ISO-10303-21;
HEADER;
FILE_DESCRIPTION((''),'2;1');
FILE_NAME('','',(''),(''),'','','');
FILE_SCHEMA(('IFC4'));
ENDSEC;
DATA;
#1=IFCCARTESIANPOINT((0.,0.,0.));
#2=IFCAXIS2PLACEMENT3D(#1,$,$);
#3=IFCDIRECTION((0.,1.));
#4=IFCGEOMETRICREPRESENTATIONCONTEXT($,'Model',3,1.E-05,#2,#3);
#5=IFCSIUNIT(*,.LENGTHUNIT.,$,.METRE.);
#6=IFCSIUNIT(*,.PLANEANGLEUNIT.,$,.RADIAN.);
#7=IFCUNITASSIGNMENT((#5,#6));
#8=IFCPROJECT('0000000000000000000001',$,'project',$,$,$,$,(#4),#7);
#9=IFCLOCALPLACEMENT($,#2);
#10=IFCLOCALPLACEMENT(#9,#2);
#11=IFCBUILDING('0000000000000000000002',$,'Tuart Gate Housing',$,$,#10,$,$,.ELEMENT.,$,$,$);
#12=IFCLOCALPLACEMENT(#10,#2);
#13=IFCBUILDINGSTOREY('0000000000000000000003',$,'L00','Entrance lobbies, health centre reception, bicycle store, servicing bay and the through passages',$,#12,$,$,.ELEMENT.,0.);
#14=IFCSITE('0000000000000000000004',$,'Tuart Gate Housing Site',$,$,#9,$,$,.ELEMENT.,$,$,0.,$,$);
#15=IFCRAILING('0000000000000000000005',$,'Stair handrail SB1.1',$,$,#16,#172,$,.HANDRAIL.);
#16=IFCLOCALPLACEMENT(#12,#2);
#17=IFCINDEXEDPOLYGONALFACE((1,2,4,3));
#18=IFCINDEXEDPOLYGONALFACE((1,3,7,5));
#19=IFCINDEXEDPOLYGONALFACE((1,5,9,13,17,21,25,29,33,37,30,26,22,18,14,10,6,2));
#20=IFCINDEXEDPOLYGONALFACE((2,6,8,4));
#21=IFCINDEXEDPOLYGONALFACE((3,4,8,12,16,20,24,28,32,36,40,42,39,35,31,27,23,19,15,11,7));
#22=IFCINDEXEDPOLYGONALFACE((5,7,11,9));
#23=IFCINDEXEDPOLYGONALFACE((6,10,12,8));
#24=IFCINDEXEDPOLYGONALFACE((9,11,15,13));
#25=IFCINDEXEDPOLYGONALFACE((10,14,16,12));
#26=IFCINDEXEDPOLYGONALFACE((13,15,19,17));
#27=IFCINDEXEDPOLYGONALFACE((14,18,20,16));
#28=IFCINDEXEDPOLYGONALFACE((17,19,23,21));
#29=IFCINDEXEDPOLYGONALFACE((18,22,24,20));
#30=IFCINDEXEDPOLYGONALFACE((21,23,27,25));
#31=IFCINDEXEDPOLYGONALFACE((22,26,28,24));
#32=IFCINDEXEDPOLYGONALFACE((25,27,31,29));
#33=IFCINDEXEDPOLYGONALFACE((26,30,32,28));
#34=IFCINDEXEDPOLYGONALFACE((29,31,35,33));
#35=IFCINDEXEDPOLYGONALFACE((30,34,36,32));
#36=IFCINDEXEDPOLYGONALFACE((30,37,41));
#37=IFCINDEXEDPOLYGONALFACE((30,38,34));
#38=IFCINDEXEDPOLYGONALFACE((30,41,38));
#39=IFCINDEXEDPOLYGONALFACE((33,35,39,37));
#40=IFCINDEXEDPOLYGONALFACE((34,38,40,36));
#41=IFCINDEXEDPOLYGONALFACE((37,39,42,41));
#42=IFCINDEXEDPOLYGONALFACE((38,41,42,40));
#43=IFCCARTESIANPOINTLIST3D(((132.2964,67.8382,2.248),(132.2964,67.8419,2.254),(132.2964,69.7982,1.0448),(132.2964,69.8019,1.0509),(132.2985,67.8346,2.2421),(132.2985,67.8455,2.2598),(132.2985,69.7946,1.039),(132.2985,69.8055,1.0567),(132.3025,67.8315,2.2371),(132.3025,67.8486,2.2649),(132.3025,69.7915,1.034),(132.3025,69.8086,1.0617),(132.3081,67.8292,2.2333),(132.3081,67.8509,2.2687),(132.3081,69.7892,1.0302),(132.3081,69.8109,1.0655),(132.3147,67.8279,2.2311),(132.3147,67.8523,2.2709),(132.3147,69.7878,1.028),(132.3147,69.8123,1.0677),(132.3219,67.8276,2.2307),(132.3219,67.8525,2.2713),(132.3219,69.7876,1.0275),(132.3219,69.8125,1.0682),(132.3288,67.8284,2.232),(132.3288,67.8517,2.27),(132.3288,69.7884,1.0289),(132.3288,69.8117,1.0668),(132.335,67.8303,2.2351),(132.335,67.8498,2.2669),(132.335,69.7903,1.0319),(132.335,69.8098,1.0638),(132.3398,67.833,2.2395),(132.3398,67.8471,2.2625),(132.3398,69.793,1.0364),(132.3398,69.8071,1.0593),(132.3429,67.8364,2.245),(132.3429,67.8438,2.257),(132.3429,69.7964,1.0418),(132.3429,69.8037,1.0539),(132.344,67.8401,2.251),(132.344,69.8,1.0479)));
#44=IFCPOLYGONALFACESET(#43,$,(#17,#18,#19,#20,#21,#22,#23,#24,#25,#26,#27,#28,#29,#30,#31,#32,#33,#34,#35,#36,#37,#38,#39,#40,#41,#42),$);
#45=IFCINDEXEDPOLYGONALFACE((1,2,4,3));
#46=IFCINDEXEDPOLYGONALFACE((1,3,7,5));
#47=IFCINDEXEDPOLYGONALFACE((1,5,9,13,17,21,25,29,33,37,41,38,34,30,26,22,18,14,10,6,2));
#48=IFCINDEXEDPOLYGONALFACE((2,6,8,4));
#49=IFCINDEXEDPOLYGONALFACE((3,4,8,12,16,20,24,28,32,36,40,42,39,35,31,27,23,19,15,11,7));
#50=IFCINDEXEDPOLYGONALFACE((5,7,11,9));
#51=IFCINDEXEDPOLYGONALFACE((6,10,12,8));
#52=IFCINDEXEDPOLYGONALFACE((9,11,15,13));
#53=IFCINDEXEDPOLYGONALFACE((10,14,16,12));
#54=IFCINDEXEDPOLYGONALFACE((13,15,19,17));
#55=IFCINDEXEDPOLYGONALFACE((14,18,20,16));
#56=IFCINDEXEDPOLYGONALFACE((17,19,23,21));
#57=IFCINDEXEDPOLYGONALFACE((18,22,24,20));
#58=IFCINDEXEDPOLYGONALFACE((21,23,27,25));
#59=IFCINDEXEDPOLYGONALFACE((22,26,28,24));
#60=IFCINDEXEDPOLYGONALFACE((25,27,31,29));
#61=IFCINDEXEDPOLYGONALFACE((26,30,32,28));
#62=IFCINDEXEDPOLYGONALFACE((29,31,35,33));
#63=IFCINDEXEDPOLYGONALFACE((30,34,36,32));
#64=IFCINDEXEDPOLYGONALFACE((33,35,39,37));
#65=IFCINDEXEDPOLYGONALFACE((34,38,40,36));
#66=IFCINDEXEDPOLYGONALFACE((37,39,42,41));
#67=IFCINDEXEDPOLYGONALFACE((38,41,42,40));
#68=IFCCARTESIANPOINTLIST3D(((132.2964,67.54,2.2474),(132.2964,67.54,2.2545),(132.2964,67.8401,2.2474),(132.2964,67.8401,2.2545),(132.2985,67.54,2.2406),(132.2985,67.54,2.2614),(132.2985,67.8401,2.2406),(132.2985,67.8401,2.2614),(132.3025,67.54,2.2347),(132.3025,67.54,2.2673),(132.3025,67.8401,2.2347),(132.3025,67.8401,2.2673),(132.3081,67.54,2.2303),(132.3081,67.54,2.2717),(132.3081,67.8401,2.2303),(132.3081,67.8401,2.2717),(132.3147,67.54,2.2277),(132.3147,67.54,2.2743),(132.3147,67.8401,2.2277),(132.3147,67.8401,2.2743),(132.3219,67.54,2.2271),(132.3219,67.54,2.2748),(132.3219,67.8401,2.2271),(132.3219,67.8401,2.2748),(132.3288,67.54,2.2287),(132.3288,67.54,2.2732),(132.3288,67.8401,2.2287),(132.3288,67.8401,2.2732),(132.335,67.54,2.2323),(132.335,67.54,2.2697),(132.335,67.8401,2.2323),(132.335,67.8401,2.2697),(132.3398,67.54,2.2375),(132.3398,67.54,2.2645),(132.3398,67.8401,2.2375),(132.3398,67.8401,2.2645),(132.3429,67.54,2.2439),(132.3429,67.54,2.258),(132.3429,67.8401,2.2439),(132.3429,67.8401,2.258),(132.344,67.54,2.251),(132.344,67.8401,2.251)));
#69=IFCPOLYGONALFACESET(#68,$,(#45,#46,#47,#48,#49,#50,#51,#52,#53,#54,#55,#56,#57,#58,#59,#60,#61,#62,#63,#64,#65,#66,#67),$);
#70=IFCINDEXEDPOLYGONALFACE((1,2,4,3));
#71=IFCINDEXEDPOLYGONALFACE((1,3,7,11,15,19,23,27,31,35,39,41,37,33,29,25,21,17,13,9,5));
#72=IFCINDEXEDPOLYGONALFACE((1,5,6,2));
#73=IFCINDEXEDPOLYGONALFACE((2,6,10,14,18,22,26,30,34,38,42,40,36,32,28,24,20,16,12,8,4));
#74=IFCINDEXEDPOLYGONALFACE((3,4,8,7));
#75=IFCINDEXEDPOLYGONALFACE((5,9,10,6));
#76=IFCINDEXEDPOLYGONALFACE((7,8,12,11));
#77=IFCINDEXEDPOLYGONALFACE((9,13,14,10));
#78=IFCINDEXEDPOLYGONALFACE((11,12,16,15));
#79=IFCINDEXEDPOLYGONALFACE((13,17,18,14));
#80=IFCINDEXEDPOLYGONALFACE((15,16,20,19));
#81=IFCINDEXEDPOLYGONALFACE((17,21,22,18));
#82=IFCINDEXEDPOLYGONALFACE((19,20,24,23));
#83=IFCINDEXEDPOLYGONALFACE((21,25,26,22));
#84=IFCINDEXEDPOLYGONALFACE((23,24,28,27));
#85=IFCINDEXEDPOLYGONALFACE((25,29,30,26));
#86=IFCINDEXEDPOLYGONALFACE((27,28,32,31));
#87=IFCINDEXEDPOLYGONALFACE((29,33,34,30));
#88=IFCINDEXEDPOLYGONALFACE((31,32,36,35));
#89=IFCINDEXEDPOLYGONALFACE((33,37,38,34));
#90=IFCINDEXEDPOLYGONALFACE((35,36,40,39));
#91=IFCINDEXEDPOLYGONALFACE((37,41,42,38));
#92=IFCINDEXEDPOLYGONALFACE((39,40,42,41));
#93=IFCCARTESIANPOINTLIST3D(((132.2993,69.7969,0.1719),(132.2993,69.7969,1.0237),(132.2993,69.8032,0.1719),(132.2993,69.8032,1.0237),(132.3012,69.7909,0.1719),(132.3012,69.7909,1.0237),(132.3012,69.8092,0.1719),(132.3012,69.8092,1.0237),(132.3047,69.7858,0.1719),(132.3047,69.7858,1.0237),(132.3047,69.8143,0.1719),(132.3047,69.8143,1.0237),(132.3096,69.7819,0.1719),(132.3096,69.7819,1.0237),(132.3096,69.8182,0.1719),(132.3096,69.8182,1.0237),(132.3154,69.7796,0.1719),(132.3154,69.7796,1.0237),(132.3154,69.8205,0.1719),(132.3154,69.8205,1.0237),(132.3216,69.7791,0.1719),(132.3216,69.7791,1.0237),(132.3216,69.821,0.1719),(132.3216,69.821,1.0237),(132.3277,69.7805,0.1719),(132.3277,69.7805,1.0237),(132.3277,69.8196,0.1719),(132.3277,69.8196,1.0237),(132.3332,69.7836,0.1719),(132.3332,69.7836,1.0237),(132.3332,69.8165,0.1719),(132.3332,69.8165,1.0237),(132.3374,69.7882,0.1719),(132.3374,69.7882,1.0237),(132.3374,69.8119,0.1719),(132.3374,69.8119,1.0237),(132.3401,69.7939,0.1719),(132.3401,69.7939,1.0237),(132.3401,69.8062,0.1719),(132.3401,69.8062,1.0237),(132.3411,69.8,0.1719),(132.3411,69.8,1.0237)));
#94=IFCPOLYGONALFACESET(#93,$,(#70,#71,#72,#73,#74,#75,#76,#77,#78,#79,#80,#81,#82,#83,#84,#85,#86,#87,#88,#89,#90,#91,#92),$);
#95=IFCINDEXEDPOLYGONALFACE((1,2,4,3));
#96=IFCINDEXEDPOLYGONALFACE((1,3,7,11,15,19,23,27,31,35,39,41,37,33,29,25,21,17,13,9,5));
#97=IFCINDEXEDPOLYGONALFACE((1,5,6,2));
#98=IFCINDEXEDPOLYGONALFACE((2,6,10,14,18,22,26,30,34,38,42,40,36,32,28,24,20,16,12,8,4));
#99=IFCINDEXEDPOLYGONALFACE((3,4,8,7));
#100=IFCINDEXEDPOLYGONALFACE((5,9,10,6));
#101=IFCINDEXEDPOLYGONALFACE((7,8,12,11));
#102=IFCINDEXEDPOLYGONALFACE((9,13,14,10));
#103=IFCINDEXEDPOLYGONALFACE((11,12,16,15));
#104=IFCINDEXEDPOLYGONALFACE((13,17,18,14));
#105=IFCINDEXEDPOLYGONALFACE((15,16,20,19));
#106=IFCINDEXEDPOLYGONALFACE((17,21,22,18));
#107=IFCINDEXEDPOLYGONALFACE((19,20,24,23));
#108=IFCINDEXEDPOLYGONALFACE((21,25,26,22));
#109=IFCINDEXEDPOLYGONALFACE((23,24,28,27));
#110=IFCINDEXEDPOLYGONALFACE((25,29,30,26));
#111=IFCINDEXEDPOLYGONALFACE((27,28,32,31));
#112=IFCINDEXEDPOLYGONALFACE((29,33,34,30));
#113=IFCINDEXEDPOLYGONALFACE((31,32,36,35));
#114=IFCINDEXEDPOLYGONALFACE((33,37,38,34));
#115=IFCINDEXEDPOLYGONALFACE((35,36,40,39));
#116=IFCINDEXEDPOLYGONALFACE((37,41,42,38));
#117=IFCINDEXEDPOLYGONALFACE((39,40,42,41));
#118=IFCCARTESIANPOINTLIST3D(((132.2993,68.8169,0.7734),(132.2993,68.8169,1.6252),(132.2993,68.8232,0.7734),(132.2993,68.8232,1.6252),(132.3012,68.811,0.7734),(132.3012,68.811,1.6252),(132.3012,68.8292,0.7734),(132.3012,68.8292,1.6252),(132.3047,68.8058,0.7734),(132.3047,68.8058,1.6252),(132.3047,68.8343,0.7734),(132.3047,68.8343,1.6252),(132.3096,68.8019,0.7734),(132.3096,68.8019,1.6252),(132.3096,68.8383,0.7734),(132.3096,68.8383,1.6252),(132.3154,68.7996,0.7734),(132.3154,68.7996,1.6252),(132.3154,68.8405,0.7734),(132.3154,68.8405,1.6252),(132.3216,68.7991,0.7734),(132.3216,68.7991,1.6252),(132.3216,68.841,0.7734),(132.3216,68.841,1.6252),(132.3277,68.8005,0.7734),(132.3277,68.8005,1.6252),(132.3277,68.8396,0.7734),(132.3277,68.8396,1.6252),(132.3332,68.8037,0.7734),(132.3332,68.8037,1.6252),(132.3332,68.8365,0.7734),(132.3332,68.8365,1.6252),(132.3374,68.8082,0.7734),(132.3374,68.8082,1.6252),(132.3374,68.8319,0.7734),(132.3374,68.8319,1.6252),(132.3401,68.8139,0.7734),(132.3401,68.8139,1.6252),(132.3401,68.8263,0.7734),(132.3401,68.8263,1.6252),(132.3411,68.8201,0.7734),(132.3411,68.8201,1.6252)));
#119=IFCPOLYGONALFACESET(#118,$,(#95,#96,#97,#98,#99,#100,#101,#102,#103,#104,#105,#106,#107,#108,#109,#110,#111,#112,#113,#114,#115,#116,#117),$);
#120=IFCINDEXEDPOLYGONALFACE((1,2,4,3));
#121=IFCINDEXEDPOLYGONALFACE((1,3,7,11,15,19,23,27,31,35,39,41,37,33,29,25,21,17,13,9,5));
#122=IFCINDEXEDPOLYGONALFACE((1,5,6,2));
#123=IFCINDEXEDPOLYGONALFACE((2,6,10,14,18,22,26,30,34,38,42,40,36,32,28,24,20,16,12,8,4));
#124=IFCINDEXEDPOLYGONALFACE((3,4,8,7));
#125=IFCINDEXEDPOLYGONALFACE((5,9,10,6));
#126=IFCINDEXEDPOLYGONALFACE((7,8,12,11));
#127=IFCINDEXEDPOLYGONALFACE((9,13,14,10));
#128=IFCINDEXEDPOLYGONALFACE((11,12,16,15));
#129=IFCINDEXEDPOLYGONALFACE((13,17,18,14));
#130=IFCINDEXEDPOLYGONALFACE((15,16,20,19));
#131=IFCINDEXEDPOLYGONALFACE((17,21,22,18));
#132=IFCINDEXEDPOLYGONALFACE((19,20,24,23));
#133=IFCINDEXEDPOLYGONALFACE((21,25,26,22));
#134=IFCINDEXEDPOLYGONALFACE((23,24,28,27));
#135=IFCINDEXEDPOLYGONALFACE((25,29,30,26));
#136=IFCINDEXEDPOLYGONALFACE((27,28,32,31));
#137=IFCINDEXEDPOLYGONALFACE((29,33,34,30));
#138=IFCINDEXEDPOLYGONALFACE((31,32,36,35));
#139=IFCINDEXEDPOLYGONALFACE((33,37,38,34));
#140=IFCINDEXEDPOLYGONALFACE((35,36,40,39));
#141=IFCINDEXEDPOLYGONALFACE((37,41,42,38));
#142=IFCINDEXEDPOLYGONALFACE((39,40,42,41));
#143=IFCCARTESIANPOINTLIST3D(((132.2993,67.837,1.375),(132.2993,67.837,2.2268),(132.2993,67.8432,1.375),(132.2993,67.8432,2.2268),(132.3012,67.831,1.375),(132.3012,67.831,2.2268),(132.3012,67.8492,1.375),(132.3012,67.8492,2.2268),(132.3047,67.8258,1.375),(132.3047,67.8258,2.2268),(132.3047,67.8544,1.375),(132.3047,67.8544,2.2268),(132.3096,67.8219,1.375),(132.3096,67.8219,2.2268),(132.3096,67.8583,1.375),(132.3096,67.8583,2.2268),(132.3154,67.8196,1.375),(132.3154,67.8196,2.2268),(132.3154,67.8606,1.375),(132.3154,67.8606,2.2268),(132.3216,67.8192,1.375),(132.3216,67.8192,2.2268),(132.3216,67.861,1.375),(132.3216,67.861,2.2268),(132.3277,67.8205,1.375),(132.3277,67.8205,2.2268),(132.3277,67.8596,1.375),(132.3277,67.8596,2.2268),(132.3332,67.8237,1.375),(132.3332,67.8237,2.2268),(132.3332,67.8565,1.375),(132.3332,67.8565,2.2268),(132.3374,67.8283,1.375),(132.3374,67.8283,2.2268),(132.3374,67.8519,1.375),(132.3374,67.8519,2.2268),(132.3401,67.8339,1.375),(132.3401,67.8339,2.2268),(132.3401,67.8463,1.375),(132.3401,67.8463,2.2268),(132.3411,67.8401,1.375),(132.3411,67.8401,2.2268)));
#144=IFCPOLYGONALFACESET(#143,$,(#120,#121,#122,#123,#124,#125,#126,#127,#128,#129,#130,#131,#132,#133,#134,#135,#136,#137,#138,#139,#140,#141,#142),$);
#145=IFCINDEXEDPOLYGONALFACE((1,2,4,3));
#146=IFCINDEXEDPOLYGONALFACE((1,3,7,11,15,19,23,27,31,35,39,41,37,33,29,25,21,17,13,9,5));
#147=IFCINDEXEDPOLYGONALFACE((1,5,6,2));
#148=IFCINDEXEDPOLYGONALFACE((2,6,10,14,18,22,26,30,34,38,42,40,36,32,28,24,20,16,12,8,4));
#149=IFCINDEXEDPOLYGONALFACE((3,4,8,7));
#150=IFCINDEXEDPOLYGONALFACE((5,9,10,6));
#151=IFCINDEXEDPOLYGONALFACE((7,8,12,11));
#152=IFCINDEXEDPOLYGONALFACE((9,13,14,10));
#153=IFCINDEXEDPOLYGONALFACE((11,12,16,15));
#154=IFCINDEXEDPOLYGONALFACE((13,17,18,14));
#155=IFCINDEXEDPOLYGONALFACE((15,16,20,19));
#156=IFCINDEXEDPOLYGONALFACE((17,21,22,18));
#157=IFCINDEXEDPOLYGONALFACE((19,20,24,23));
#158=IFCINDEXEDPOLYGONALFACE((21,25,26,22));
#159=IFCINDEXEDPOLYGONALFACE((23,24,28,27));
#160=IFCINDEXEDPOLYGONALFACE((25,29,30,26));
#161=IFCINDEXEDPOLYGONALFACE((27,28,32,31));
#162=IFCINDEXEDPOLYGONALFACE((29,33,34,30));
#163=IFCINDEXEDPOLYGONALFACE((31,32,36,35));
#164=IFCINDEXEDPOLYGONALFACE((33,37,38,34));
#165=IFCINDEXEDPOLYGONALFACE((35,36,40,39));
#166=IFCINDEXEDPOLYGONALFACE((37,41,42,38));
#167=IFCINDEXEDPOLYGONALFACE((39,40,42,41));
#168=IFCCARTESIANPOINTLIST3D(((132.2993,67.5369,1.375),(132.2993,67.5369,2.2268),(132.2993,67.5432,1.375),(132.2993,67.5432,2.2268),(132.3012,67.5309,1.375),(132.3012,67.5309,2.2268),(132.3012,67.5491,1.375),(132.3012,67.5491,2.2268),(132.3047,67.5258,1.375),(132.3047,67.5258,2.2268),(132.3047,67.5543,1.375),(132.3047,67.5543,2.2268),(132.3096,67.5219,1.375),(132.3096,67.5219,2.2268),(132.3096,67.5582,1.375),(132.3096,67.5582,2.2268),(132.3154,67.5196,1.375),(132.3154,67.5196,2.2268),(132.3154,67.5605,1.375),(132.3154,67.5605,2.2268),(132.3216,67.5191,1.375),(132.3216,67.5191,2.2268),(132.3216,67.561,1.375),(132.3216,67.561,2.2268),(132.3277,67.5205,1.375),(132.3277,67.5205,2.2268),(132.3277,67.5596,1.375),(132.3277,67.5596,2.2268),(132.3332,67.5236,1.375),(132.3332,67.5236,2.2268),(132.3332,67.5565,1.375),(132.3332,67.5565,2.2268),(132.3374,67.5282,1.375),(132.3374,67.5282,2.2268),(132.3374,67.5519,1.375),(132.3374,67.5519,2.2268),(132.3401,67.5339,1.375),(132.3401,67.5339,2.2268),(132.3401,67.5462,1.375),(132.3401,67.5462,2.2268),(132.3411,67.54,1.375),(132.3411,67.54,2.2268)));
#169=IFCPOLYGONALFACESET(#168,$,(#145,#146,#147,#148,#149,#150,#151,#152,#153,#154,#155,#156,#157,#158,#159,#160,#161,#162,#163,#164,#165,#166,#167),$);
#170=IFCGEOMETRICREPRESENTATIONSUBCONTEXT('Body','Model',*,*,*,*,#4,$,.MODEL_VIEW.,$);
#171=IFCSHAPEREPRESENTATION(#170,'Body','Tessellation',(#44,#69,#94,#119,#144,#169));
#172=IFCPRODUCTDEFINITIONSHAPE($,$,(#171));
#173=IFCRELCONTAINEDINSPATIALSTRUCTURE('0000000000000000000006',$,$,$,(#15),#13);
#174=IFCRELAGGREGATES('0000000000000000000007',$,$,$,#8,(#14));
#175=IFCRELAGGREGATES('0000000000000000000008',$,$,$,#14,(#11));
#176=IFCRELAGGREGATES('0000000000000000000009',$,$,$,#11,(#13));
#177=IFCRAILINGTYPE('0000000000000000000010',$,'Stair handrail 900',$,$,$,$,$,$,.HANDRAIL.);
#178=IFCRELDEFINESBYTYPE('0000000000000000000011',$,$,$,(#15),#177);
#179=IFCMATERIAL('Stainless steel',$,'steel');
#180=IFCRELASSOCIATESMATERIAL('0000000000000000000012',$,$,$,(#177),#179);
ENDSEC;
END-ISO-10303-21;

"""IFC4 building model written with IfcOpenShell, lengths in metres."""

from ifc_helpers import new_model, si_unit, direction, frame, origin, origin_2d, place, context, subcontext, project, spatial, circle, extrude, material, type_object, element, save


model = new_model("IFC4")

# Units and contexts
model_context = context("Model", 3, precision=1e-05, world=origin(), true_north=direction((0.0, 1.0)))
body_context = subcontext(model_context, "Body", "Model", "MODEL_VIEW")
ifc_project = project(units=[si_unit("LENGTHUNIT", "METRE"), si_unit("PLANEANGLEUNIT", "RADIAN")], contexts=[model_context])

# Site, building, storey
site_placement = place(None, origin())
site = spatial("IfcSite", under=ifc_project, at=site_placement, Name="Tuart Gate Housing Site", CompositionType="ELEMENT", RefElevation=0.0)
building_placement = place(site_placement, origin())
building = spatial("IfcBuilding", under=site, at=building_placement, Name="Tuart Gate Housing", CompositionType="ELEMENT")
storey_placement = place(building_placement, origin())
storey = spatial("IfcBuildingStorey", under=building, at=storey_placement, Name="L00", Description="Entrance lobbies, health centre reception, bicycle store, servicing bay and the through passages", CompositionType="ELEMENT", Elevation=0.0)

# Railing
ifc_material_1 = material(Name="Stainless steel", Category="steel")
railing_type = type_object("IfcRailingType", Name="Stair handrail 900", PredefinedType="HANDRAIL", material=ifc_material_1)
railing_placement = place(storey_placement, frame((132.3201, 69.8, 0.1719)))
element("IfcRailing", 1, at=railing_placement, inside=storey, type_object=railing_type, Name="Stair handrail SB1.1", PredefinedType="HANDRAIL", context=body_context, shape_type="SweptSolid", body=[
    extrude(circle(Radius=0.0239, at=origin_2d()), frame((0.0, 0.0, 0.876), z_axis=(0.0, -0.852241, 0.523149), x_axis=(1.0, 0.0, 0.0)), (0.0, 0.0, 1.0), 2.2998),
    extrude(circle(Radius=0.0239, at=origin_2d()), frame((0.0, -1.96, 2.0791), z_axis=(0.0, -1.0, 0.0), x_axis=(1.0, 0.0, 0.0)), (0.0, 0.0, 1.0), 0.3),
    extrude(circle(Radius=0.021, at=origin_2d()), origin(), (0.0, 0.0, 1.0), 0.8518),
    extrude(circle(Radius=0.021, at=origin_2d()), frame((0.0, -0.98, 0.6016)), (0.0, 0.0, 1.0), 0.8518),
    extrude(circle(Radius=0.021, at=origin_2d()), frame((0.0, -1.96, 1.2031)), (0.0, 0.0, 1.0), 0.8518),
    extrude(circle(Radius=0.021, at=origin_2d()), frame((0.0, -2.26, 1.2031)), (0.0, 0.0, 1.0), 0.8518),
])

save(model, "model.ifc")
